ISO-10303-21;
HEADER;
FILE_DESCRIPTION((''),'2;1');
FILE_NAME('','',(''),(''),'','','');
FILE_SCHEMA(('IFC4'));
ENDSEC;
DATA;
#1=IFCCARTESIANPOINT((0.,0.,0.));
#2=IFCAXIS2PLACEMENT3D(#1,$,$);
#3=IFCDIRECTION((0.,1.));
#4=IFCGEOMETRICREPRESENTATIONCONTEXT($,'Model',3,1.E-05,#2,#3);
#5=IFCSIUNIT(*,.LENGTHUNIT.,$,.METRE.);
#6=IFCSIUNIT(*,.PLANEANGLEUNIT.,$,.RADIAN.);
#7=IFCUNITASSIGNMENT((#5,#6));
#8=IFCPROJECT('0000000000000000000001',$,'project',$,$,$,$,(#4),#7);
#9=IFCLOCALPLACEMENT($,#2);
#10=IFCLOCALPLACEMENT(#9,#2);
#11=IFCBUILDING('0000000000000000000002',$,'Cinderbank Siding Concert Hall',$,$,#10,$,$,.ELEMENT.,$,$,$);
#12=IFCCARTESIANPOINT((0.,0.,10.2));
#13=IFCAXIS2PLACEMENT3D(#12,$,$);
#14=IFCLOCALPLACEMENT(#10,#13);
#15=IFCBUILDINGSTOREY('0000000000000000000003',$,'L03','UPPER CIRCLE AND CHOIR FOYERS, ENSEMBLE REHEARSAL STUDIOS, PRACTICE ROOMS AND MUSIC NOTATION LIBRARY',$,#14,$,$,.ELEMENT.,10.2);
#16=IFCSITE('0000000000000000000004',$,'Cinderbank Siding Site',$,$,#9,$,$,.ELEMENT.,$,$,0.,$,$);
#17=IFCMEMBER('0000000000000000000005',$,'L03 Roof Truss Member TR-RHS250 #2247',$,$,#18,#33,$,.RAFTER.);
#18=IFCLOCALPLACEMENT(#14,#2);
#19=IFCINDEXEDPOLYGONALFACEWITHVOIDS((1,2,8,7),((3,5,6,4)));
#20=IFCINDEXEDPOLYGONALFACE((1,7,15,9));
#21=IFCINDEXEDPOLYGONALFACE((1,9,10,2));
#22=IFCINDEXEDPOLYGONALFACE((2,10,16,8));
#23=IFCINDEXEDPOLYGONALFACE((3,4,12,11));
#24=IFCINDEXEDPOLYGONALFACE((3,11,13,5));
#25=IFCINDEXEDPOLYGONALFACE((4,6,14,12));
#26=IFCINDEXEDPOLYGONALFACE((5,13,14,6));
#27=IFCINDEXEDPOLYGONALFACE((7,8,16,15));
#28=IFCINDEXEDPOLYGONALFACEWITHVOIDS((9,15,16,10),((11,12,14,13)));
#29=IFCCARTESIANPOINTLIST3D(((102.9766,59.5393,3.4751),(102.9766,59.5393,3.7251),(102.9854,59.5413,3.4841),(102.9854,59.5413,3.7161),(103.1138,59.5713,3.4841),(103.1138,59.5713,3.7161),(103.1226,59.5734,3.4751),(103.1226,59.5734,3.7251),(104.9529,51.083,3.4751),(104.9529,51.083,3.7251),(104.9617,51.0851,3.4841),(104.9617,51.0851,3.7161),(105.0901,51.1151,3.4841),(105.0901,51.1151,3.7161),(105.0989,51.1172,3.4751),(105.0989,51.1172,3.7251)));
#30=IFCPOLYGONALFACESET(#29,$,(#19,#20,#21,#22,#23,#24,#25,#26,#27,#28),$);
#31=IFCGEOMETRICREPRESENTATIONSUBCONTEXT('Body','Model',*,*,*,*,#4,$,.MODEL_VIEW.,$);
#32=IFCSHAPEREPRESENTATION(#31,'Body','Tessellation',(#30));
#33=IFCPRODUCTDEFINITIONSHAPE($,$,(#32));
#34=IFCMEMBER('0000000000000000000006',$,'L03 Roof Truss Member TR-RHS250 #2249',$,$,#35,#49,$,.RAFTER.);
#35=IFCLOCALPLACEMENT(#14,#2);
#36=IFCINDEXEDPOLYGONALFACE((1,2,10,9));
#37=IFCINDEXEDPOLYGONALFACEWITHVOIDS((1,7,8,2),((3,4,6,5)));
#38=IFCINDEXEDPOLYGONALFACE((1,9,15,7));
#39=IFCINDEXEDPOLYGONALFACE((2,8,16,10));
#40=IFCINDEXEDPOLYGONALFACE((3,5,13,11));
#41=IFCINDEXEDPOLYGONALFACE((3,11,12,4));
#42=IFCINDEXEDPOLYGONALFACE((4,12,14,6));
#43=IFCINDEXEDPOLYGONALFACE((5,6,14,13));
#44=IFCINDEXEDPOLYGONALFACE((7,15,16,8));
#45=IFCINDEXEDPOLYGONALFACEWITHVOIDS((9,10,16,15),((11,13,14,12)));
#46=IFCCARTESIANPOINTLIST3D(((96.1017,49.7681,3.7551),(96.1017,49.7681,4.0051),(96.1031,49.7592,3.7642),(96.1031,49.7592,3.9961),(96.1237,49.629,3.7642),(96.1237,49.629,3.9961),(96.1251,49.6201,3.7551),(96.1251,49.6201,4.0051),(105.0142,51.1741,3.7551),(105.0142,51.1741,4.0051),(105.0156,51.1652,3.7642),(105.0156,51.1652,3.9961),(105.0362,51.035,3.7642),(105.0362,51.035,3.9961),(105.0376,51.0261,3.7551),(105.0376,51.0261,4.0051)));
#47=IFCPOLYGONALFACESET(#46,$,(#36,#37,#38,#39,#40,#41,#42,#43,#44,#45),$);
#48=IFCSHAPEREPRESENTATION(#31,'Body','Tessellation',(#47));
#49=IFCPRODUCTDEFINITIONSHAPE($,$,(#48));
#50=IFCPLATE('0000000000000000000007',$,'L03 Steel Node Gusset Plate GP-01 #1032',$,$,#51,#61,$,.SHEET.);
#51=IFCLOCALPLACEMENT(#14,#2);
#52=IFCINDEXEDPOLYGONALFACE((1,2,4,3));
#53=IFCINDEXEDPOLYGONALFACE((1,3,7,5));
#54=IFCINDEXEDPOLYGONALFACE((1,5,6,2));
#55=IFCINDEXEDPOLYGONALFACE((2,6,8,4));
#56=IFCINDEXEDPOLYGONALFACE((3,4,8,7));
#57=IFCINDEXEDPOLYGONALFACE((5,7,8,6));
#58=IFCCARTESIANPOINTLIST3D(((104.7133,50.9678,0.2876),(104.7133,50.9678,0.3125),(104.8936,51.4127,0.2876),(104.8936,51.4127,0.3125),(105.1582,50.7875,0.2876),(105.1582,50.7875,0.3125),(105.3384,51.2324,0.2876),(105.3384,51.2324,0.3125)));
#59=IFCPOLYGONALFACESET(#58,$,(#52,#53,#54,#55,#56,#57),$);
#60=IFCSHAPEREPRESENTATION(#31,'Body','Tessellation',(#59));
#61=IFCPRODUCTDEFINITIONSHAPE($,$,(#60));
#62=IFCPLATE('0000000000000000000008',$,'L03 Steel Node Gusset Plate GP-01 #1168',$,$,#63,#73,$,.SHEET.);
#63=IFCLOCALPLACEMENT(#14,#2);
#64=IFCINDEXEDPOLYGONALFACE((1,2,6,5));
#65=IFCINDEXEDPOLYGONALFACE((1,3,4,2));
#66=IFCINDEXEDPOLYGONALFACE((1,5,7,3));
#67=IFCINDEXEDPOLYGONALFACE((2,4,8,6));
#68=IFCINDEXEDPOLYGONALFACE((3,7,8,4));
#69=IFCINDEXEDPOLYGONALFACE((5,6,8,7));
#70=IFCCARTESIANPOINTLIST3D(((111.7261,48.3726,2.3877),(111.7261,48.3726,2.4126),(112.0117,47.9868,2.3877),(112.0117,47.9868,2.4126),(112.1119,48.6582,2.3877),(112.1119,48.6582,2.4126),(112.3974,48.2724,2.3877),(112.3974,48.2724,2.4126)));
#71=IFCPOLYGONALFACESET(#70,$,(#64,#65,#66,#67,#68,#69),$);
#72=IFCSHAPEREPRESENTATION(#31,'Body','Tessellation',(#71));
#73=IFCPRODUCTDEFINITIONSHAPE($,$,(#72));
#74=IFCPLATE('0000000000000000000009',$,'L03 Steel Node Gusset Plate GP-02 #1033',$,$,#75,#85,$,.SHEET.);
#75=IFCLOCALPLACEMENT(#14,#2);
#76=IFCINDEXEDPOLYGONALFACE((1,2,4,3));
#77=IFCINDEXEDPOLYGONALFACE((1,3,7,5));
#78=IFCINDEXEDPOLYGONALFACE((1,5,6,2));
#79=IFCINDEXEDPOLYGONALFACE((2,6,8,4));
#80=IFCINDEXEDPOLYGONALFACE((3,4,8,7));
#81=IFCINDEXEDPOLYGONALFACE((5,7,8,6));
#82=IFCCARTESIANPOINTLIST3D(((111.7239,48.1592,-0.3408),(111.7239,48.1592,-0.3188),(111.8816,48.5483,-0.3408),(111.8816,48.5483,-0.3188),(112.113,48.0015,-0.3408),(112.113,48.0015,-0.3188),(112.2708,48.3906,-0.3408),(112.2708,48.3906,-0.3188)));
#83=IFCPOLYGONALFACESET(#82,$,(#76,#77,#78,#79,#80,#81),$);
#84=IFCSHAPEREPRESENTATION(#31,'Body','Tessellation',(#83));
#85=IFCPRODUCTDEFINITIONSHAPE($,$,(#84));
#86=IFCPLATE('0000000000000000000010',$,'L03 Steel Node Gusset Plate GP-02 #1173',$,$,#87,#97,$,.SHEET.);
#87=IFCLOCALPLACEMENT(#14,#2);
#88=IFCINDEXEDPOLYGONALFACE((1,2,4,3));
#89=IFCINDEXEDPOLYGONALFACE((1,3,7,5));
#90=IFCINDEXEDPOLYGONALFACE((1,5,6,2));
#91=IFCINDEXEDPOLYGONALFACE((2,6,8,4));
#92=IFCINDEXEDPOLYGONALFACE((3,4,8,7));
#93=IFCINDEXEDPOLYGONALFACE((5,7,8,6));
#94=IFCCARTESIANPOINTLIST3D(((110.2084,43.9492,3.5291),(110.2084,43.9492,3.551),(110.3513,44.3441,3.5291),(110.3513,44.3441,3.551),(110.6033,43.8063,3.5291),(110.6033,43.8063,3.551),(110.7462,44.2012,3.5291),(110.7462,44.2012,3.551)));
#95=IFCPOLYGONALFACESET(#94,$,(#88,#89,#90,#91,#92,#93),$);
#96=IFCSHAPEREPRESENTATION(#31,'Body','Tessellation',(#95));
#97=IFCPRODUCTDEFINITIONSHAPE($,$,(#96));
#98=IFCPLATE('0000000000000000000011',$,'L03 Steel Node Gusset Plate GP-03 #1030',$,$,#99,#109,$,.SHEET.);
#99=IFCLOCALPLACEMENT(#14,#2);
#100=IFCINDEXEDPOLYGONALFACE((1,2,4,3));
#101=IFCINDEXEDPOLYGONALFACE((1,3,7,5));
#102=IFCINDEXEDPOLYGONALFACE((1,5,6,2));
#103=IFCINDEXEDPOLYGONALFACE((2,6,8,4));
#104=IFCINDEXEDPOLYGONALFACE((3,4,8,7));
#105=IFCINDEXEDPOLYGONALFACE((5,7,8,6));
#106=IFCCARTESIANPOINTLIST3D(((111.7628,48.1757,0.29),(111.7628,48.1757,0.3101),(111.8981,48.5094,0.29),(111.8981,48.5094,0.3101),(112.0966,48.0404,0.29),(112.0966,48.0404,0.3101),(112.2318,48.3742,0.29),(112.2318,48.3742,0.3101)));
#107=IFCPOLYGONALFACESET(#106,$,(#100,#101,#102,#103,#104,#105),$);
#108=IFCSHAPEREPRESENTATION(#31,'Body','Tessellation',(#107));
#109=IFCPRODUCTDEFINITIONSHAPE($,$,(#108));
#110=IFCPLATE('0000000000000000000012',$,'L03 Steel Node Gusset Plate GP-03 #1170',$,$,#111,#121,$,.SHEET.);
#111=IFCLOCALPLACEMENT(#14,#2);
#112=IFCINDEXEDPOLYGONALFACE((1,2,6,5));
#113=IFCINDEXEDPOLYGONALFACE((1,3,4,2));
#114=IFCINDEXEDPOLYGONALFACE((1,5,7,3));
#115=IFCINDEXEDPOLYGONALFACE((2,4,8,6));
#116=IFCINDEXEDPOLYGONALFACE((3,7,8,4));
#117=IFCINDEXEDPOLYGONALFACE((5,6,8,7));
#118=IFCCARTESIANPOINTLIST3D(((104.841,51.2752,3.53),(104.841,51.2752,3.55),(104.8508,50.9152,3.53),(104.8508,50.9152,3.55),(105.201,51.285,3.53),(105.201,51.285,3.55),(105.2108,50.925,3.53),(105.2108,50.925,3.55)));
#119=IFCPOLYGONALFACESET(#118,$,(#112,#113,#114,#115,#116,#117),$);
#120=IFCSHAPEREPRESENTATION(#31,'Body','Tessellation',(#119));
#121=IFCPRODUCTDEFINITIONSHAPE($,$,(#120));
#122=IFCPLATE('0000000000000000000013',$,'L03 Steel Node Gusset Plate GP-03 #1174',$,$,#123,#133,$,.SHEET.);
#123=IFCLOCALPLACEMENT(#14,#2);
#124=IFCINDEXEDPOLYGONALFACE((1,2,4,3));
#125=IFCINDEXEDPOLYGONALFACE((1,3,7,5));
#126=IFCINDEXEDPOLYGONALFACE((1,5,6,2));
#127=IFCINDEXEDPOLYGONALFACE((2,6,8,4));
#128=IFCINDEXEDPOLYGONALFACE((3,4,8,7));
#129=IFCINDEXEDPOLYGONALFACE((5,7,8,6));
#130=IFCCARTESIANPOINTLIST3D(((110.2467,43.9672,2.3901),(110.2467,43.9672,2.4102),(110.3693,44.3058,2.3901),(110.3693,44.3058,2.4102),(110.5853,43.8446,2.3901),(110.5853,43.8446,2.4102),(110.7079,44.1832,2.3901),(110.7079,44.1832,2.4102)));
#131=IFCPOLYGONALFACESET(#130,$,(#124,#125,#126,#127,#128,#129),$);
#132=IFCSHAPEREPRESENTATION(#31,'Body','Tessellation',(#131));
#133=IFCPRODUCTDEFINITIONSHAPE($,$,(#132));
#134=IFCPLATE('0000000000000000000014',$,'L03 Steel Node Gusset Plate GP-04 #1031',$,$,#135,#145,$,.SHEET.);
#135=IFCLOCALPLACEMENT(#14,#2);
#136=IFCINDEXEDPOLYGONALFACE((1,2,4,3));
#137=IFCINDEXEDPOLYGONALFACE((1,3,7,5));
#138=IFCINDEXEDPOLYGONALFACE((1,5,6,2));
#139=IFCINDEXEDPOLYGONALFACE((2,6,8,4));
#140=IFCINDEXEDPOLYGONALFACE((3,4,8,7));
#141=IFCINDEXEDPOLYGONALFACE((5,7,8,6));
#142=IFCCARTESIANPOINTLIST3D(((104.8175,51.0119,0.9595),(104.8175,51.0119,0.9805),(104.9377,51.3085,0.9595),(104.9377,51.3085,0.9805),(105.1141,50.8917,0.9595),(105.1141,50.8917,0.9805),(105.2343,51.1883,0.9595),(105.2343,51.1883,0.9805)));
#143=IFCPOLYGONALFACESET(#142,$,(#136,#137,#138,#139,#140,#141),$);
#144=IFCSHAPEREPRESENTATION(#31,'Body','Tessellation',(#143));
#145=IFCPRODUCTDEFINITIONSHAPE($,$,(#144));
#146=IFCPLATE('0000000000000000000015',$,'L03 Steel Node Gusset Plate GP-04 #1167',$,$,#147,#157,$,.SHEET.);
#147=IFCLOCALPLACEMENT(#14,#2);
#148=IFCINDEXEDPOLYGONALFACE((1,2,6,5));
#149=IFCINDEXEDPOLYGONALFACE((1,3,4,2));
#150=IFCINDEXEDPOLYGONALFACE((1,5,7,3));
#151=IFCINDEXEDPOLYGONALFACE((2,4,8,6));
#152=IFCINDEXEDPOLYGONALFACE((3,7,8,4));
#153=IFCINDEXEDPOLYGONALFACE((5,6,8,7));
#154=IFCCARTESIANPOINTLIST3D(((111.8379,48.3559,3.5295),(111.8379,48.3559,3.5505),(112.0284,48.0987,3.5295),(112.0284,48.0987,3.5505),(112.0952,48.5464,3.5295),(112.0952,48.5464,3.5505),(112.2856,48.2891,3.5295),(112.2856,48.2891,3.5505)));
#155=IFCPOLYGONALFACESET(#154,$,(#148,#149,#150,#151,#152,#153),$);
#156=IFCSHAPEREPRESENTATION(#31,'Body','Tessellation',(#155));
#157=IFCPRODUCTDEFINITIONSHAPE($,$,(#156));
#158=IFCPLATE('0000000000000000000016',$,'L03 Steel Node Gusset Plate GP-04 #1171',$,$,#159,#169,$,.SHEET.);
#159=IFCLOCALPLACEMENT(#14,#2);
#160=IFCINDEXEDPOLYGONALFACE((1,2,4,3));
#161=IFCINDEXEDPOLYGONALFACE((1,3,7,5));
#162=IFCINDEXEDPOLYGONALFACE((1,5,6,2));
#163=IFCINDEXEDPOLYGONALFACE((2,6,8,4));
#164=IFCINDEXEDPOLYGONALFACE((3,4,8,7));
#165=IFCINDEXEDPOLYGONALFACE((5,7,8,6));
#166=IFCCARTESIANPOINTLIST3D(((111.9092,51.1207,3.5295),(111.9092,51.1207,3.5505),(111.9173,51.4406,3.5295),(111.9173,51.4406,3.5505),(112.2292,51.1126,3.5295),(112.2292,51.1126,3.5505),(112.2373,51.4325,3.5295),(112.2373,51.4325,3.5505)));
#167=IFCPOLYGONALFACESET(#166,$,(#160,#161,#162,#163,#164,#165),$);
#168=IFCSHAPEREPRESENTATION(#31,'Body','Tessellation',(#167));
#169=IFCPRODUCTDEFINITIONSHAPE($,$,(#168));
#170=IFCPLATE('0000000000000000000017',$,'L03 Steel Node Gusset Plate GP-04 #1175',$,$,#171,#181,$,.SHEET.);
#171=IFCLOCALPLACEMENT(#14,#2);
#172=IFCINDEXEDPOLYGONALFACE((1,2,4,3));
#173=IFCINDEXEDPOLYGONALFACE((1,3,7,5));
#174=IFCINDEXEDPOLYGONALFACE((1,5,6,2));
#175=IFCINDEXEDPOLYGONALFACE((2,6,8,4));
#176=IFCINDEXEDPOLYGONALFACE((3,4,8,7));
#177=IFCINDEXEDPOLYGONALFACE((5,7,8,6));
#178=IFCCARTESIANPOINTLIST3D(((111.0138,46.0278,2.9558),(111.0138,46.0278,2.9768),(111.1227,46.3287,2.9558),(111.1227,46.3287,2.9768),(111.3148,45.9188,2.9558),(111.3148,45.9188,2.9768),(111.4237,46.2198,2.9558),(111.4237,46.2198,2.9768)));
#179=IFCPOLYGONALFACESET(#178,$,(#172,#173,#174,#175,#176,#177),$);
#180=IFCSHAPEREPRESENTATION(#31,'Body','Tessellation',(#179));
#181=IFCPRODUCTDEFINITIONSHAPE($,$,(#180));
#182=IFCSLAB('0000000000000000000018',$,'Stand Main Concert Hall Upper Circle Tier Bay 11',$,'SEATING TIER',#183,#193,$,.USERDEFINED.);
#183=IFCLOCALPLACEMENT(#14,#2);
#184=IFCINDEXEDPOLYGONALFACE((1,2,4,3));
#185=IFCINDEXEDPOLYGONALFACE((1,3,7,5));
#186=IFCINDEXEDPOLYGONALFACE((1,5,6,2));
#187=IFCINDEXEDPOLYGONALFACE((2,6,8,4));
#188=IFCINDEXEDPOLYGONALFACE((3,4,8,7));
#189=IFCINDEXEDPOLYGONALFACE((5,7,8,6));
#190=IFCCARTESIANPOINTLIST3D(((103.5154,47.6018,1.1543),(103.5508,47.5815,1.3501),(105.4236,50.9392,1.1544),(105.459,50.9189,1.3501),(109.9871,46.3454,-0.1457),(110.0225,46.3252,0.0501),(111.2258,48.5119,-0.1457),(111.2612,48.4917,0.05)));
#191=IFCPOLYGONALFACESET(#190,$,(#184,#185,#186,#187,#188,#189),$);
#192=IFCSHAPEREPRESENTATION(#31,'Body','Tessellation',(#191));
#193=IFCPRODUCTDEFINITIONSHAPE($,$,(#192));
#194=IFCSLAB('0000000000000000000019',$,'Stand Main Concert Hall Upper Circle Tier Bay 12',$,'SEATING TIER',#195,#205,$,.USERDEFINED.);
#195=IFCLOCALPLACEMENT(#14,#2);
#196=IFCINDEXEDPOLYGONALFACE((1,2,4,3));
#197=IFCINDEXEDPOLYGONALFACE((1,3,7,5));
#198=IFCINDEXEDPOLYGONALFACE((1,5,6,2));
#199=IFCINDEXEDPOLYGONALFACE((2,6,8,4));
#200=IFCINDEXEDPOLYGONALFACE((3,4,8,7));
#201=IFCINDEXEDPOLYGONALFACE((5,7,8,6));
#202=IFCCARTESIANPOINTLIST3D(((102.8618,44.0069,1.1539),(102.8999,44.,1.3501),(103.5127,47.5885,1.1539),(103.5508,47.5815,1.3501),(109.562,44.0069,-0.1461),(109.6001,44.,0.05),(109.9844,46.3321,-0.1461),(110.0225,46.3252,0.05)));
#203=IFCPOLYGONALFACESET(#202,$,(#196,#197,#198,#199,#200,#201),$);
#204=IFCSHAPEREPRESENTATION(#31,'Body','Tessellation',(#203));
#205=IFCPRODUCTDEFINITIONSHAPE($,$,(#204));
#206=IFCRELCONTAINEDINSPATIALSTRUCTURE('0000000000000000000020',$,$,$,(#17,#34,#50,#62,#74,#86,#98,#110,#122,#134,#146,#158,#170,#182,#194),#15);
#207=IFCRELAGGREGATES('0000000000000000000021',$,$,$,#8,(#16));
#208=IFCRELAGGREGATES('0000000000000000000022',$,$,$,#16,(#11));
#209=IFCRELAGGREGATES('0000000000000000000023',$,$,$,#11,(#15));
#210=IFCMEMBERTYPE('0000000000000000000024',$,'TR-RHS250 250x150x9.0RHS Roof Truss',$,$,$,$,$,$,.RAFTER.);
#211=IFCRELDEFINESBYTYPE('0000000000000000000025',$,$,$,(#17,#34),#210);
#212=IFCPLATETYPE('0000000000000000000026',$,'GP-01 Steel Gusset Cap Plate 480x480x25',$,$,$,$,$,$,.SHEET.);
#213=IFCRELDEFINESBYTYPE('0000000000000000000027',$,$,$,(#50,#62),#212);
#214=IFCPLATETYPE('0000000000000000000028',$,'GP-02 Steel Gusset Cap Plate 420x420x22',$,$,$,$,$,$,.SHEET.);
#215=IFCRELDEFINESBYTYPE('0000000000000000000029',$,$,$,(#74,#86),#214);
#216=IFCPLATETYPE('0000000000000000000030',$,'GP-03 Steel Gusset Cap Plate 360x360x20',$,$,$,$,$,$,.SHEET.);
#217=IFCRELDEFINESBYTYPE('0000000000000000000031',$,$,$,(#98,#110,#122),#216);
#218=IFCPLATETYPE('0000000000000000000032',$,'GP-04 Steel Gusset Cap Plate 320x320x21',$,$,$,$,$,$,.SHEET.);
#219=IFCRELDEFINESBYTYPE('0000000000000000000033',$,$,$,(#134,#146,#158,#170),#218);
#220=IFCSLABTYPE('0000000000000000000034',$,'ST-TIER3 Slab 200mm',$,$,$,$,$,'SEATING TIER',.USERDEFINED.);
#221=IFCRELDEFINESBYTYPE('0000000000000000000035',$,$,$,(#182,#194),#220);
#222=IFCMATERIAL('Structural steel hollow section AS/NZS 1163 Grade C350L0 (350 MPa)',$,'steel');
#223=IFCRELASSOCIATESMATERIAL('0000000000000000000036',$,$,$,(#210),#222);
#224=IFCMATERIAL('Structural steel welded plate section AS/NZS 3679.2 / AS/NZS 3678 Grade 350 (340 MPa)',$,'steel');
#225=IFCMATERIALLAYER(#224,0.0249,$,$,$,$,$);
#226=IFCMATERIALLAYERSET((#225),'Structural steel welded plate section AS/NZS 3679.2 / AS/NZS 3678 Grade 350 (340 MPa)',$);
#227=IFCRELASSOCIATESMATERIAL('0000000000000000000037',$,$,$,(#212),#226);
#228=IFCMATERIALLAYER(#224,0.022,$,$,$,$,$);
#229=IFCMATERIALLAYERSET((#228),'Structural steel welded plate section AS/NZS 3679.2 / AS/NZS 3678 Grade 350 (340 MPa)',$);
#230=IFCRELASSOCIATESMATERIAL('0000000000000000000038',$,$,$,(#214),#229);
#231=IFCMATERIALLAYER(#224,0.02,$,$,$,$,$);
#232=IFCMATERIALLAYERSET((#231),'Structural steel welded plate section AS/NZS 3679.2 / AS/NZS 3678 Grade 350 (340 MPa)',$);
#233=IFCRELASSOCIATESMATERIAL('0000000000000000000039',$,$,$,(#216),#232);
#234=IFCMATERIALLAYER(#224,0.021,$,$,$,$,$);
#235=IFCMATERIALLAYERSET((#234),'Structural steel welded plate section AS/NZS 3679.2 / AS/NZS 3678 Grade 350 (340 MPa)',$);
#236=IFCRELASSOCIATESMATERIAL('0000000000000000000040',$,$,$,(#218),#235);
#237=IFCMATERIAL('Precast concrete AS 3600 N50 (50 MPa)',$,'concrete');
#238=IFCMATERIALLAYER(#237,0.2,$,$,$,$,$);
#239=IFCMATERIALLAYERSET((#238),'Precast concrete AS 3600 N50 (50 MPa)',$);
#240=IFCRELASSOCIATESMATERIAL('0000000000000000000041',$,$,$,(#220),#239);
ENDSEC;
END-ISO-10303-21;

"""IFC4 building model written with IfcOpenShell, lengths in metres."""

from ifc_helpers import new_model, si_unit, direction, frame, origin, origin_2d, place, context, subcontext, project, spatial, polyline, rectangle, hollow_rectangle, outline, extrude, material, layer, layer_set, material_profile, profile_set, type_object, element, save


model = new_model("IFC4")

# Units and contexts
model_context = context("Model", 3, precision=1e-05, world=origin(), true_north=direction((0.0, 1.0)))
body_context = subcontext(model_context, "Body", "Model", "MODEL_VIEW")
ifc_project = project(units=[si_unit("LENGTHUNIT", "METRE"), si_unit("PLANEANGLEUNIT", "RADIAN")], contexts=[model_context])

# Site, building, storey
site_placement = place(None, origin())
site = spatial("IfcSite", under=ifc_project, at=site_placement, Name="Cinderbank Siding Site", CompositionType="ELEMENT", RefElevation=0.0)
building_placement = place(site_placement, origin())
building = spatial("IfcBuilding", under=site, at=building_placement, Name="Cinderbank Siding Concert Hall", CompositionType="ELEMENT")
storey_placement = place(building_placement, frame((0.0, 0.0, 10.2)))
storey = spatial("IfcBuildingStorey", under=building, at=storey_placement, Name="L03", Description="UPPER CIRCLE AND CHOIR FOYERS, ENSEMBLE REHEARSAL STUDIOS, PRACTICE ROOMS AND MUSIC NOTATION LIBRARY", CompositionType="ELEMENT", Elevation=10.2)

# Shared definitions
ifc_material_1 = material(Name="Structural steel hollow section AS/NZS 1163 Grade C350L0 (350 MPa)", Category="steel")

# Members
ifc_material_profile_1 = material_profile(ifc_material_1, hollow_rectangle(XDim=0.1499, YDim=0.25, WallThickness=0.009, at=origin_2d()), Name="250x150x9.0RHS", Category="LoadBearing")
ifc_profile_set_1 = profile_set([ifc_material_profile_1], Name="Structural steel hollow section AS/NZS 1163 Grade C350L0 (350 MPa)")
member_type_1 = type_object("IfcMemberType", Name="TR-RHS250 250x150x9.0RHS Roof Truss", PredefinedType="RAFTER", material=ifc_profile_set_1)
member_1_placement = place(storey_placement, frame((105.0259, 51.1001, 3.6001), z_axis=(-0.227577, 0.97376, 0.0), x_axis=(-0.97376, -0.227577, 0.0)))
element("IfcMember", 1, at=member_1_placement, inside=storey, type_object=member_type_1, Name="L03 Roof Truss Member TR-RHS250 #2247", PredefinedType="RAFTER", context=body_context, shape_type="SweptSolid", body=[
    extrude(hollow_rectangle(XDim=0.1499, YDim=0.25, WallThickness=0.009, at=origin_2d()), origin(), (0.0, 0.0, 1.0), 8.6841),
])
member_2_placement = place(storey_placement, frame((105.0259, 51.1001, 3.8801), z_axis=(-0.987784, -0.155828, 0.0), x_axis=(0.155828, -0.987784, 0.0)))
element("IfcMember", 2, at=member_2_placement, inside=storey, type_object=member_type_1, Name="L03 Roof Truss Member TR-RHS250 #2249", PredefinedType="RAFTER", context=body_context, shape_type="SweptSolid", body=[
    extrude(hollow_rectangle(XDim=0.1499, YDim=0.25, WallThickness=0.009, at=origin_2d()), origin(), (0.0, 0.0, 1.0), 9.0227),
])

# Plates
ifc_material_2 = material(Name="Structural steel welded plate section AS/NZS 3679.2 / AS/NZS 3678 Grade 350 (340 MPa)", Category="steel")
ifc_layer_1 = layer(ifc_material_2, 0.0249)
ifc_layer_set_1 = layer_set([ifc_layer_1], Name="Structural steel welded plate section AS/NZS 3679.2 / AS/NZS 3678 Grade 350 (340 MPa)")
plate_type_1 = type_object("IfcPlateType", Name="GP-01 Steel Gusset Cap Plate 480x480x25", PredefinedType="SHEET", material=ifc_layer_set_1)
for number, where, z_axis, x_axis, name in (
    (3, (105.0259, 51.1001, 0.2876), (0.0, 0.0, 1.0), (0.926791, -0.375577, 0.0), "L03 Steel Node Gusset Plate GP-01 #1032"),
    (4, (112.0618, 48.3225, 2.3877), (0.0, 0.0, 1.0), (0.803753, 0.594963, 0.0), "L03 Steel Node Gusset Plate GP-01 #1168"),
):
    element("IfcPlate", number, at=place(storey_placement, frame(where, z_axis=z_axis, x_axis=x_axis)), inside=storey, type_object=plate_type_1, Name=name, PredefinedType="SHEET", context=body_context, shape_type="SweptSolid", body=[
        extrude(rectangle(XDim=0.48, YDim=0.48, at=origin_2d()), origin(), (0.0, 0.0, 1.0), 0.0249),
    ])
ifc_layer_2 = layer(ifc_material_2, 0.022)
ifc_layer_set_2 = layer_set([ifc_layer_2], Name="Structural steel welded plate section AS/NZS 3679.2 / AS/NZS 3678 Grade 350 (340 MPa)")
plate_type_2 = type_object("IfcPlateType", Name="GP-02 Steel Gusset Cap Plate 420x420x22", PredefinedType="SHEET", material=ifc_layer_set_2)
for number, where, z_axis, x_axis, name in (
    (5, (111.9973, 48.2749, -0.3408), (0.0, 0.0, 1.0), (0.926791, -0.375577, 0.0), "L03 Steel Node Gusset Plate GP-02 #1033"),
    (6, (110.4773, 44.0752, 3.5291), (0.0, 0.0, 1.0), (-0.34038, -0.940288, 0.0), "L03 Steel Node Gusset Plate GP-02 #1173"),
):
    element("IfcPlate", number, at=place(storey_placement, frame(where, z_axis=z_axis, x_axis=x_axis)), inside=storey, type_object=plate_type_2, Name=name, PredefinedType="SHEET", context=body_context, shape_type="SweptSolid", body=[
        extrude(rectangle(XDim=0.4199, YDim=0.4199, at=origin_2d()), origin(), (0.0, 0.0, 1.0), 0.022),
    ])
ifc_layer_3 = layer(ifc_material_2, 0.02)
ifc_layer_set_3 = layer_set([ifc_layer_3], Name="Structural steel welded plate section AS/NZS 3679.2 / AS/NZS 3678 Grade 350 (340 MPa)")
plate_type_3 = type_object("IfcPlateType", Name="GP-03 Steel Gusset Cap Plate 360x360x20", PredefinedType="SHEET", material=ifc_layer_set_3)
for number, where, z_axis, x_axis, name in (
    (7, (111.9973, 48.2749, 0.29), (0.0, 0.0, 1.0), (-0.926791, 0.375577, 0.0), "L03 Steel Node Gusset Plate GP-03 #1030"),
    (8, (105.0259, 51.1001, 3.53), (0.0, 0.0, 1.0), (-0.999629, -0.027224, 0.0), "L03 Steel Node Gusset Plate GP-03 #1170"),
    (9, (110.4773, 44.0752, 2.3901), (0.0, 0.0, 1.0), (0.34038, 0.940288, 0.0), "L03 Steel Node Gusset Plate GP-03 #1174"),
):
    element("IfcPlate", number, at=place(storey_placement, frame(where, z_axis=z_axis, x_axis=x_axis)), inside=storey, type_object=plate_type_3, Name=name, PredefinedType="SHEET", context=body_context, shape_type="SweptSolid", body=[
        extrude(rectangle(XDim=0.3601, YDim=0.3601, at=origin_2d()), origin(), (0.0, 0.0, 1.0), 0.02),
    ])
ifc_layer_4 = layer(ifc_material_2, 0.021)
ifc_layer_set_4 = layer_set([ifc_layer_4], Name="Structural steel welded plate section AS/NZS 3679.2 / AS/NZS 3678 Grade 350 (340 MPa)")
plate_type_4 = type_object("IfcPlateType", Name="GP-04 Steel Gusset Cap Plate 320x320x21", PredefinedType="SHEET", material=ifc_layer_set_4)
for number, where, z_axis, x_axis, name in (
    (10, (105.0259, 51.1001, 0.9595), (0.0, 0.0, 1.0), (-0.926791, 0.375577, 0.0), "L03 Steel Node Gusset Plate GP-04 #1031"),
    (11, (112.0618, 48.3225, 3.5295), (0.0, 0.0, 1.0), (-0.803753, -0.594963, 0.0), "L03 Steel Node Gusset Plate GP-04 #1167"),
    (12, (112.0732, 51.2766, 3.5295), (0.0, 0.0, 1.0), (0.025305, 0.99968, 0.0), "L03 Steel Node Gusset Plate GP-04 #1171"),
    (13, (111.2188, 46.1238, 2.9558), (0.0, 0.0, 1.0), (0.34038, 0.940288, 0.0), "L03 Steel Node Gusset Plate GP-04 #1175"),
):
    element("IfcPlate", number, at=place(storey_placement, frame(where, z_axis=z_axis, x_axis=x_axis)), inside=storey, type_object=plate_type_4, Name=name, PredefinedType="SHEET", context=body_context, shape_type="SweptSolid", body=[
        extrude(rectangle(XDim=0.3201, YDim=0.3201, at=origin_2d()), origin(), (0.0, 0.0, 1.0), 0.021),
    ])

# Slabs
ifc_material_3 = material(Name="Precast concrete AS 3600 N50 (50 MPa)", Category="concrete")
ifc_layer_5 = layer(ifc_material_3, 0.2)
ifc_layer_set_5 = layer_set([ifc_layer_5], Name="Precast concrete AS 3600 N50 (50 MPa)")
slab_type = type_object("IfcSlabType", Name="ST-TIER3 Slab 200mm", ElementType="SEATING TIER", PredefinedType="USERDEFINED", material=ifc_layer_set_5)
slab_1_placement = place(storey_placement, frame((111.2612, 48.4917, 0.05), z_axis=(0.177013, -0.101211, 0.978991), x_axis=(-0.49637, -0.868111, 0.000002)))
element("IfcSlab", 14, at=slab_1_placement, inside=storey, type_object=slab_type, Name="Stand Main Concert Hall Upper Circle Tier Bay 11", ObjectType="SEATING TIER", PredefinedType="USERDEFINED", context=body_context, shape_type="SweptSolid", body=[
    extrude(outline(polyline([(0.0, 0.0), (2.4957, 0.0), (4.6174, -6.3757), (0.7729, -6.3758), (0.0, 0.0)])), origin(), (0.0, 0.0, -1.0), 0.2),
])
slab_2_placement = place(storey_placement, frame((110.0225, 46.3252, 0.05), z_axis=(0.190368, -0.03459, 0.981103), x_axis=(-0.178724, -0.983899, -0.000009)))
element("IfcSlab", 15, at=slab_2_placement, inside=storey, type_object=slab_type, Name="Stand Main Concert Hall Upper Circle Tier Bay 12", ObjectType="SEATING TIER", PredefinedType="USERDEFINED", context=body_context, shape_type="SweptSolid", body=[
    extrude(outline(polyline([(0.0, 0.0), (2.3632, 0.0), (3.5607, -6.7193), (-0.0795, -6.719), (0.0, 0.0)])), origin(), (0.0, 0.0, -1.0), 0.2),
])

save(model, "model.ifc")
